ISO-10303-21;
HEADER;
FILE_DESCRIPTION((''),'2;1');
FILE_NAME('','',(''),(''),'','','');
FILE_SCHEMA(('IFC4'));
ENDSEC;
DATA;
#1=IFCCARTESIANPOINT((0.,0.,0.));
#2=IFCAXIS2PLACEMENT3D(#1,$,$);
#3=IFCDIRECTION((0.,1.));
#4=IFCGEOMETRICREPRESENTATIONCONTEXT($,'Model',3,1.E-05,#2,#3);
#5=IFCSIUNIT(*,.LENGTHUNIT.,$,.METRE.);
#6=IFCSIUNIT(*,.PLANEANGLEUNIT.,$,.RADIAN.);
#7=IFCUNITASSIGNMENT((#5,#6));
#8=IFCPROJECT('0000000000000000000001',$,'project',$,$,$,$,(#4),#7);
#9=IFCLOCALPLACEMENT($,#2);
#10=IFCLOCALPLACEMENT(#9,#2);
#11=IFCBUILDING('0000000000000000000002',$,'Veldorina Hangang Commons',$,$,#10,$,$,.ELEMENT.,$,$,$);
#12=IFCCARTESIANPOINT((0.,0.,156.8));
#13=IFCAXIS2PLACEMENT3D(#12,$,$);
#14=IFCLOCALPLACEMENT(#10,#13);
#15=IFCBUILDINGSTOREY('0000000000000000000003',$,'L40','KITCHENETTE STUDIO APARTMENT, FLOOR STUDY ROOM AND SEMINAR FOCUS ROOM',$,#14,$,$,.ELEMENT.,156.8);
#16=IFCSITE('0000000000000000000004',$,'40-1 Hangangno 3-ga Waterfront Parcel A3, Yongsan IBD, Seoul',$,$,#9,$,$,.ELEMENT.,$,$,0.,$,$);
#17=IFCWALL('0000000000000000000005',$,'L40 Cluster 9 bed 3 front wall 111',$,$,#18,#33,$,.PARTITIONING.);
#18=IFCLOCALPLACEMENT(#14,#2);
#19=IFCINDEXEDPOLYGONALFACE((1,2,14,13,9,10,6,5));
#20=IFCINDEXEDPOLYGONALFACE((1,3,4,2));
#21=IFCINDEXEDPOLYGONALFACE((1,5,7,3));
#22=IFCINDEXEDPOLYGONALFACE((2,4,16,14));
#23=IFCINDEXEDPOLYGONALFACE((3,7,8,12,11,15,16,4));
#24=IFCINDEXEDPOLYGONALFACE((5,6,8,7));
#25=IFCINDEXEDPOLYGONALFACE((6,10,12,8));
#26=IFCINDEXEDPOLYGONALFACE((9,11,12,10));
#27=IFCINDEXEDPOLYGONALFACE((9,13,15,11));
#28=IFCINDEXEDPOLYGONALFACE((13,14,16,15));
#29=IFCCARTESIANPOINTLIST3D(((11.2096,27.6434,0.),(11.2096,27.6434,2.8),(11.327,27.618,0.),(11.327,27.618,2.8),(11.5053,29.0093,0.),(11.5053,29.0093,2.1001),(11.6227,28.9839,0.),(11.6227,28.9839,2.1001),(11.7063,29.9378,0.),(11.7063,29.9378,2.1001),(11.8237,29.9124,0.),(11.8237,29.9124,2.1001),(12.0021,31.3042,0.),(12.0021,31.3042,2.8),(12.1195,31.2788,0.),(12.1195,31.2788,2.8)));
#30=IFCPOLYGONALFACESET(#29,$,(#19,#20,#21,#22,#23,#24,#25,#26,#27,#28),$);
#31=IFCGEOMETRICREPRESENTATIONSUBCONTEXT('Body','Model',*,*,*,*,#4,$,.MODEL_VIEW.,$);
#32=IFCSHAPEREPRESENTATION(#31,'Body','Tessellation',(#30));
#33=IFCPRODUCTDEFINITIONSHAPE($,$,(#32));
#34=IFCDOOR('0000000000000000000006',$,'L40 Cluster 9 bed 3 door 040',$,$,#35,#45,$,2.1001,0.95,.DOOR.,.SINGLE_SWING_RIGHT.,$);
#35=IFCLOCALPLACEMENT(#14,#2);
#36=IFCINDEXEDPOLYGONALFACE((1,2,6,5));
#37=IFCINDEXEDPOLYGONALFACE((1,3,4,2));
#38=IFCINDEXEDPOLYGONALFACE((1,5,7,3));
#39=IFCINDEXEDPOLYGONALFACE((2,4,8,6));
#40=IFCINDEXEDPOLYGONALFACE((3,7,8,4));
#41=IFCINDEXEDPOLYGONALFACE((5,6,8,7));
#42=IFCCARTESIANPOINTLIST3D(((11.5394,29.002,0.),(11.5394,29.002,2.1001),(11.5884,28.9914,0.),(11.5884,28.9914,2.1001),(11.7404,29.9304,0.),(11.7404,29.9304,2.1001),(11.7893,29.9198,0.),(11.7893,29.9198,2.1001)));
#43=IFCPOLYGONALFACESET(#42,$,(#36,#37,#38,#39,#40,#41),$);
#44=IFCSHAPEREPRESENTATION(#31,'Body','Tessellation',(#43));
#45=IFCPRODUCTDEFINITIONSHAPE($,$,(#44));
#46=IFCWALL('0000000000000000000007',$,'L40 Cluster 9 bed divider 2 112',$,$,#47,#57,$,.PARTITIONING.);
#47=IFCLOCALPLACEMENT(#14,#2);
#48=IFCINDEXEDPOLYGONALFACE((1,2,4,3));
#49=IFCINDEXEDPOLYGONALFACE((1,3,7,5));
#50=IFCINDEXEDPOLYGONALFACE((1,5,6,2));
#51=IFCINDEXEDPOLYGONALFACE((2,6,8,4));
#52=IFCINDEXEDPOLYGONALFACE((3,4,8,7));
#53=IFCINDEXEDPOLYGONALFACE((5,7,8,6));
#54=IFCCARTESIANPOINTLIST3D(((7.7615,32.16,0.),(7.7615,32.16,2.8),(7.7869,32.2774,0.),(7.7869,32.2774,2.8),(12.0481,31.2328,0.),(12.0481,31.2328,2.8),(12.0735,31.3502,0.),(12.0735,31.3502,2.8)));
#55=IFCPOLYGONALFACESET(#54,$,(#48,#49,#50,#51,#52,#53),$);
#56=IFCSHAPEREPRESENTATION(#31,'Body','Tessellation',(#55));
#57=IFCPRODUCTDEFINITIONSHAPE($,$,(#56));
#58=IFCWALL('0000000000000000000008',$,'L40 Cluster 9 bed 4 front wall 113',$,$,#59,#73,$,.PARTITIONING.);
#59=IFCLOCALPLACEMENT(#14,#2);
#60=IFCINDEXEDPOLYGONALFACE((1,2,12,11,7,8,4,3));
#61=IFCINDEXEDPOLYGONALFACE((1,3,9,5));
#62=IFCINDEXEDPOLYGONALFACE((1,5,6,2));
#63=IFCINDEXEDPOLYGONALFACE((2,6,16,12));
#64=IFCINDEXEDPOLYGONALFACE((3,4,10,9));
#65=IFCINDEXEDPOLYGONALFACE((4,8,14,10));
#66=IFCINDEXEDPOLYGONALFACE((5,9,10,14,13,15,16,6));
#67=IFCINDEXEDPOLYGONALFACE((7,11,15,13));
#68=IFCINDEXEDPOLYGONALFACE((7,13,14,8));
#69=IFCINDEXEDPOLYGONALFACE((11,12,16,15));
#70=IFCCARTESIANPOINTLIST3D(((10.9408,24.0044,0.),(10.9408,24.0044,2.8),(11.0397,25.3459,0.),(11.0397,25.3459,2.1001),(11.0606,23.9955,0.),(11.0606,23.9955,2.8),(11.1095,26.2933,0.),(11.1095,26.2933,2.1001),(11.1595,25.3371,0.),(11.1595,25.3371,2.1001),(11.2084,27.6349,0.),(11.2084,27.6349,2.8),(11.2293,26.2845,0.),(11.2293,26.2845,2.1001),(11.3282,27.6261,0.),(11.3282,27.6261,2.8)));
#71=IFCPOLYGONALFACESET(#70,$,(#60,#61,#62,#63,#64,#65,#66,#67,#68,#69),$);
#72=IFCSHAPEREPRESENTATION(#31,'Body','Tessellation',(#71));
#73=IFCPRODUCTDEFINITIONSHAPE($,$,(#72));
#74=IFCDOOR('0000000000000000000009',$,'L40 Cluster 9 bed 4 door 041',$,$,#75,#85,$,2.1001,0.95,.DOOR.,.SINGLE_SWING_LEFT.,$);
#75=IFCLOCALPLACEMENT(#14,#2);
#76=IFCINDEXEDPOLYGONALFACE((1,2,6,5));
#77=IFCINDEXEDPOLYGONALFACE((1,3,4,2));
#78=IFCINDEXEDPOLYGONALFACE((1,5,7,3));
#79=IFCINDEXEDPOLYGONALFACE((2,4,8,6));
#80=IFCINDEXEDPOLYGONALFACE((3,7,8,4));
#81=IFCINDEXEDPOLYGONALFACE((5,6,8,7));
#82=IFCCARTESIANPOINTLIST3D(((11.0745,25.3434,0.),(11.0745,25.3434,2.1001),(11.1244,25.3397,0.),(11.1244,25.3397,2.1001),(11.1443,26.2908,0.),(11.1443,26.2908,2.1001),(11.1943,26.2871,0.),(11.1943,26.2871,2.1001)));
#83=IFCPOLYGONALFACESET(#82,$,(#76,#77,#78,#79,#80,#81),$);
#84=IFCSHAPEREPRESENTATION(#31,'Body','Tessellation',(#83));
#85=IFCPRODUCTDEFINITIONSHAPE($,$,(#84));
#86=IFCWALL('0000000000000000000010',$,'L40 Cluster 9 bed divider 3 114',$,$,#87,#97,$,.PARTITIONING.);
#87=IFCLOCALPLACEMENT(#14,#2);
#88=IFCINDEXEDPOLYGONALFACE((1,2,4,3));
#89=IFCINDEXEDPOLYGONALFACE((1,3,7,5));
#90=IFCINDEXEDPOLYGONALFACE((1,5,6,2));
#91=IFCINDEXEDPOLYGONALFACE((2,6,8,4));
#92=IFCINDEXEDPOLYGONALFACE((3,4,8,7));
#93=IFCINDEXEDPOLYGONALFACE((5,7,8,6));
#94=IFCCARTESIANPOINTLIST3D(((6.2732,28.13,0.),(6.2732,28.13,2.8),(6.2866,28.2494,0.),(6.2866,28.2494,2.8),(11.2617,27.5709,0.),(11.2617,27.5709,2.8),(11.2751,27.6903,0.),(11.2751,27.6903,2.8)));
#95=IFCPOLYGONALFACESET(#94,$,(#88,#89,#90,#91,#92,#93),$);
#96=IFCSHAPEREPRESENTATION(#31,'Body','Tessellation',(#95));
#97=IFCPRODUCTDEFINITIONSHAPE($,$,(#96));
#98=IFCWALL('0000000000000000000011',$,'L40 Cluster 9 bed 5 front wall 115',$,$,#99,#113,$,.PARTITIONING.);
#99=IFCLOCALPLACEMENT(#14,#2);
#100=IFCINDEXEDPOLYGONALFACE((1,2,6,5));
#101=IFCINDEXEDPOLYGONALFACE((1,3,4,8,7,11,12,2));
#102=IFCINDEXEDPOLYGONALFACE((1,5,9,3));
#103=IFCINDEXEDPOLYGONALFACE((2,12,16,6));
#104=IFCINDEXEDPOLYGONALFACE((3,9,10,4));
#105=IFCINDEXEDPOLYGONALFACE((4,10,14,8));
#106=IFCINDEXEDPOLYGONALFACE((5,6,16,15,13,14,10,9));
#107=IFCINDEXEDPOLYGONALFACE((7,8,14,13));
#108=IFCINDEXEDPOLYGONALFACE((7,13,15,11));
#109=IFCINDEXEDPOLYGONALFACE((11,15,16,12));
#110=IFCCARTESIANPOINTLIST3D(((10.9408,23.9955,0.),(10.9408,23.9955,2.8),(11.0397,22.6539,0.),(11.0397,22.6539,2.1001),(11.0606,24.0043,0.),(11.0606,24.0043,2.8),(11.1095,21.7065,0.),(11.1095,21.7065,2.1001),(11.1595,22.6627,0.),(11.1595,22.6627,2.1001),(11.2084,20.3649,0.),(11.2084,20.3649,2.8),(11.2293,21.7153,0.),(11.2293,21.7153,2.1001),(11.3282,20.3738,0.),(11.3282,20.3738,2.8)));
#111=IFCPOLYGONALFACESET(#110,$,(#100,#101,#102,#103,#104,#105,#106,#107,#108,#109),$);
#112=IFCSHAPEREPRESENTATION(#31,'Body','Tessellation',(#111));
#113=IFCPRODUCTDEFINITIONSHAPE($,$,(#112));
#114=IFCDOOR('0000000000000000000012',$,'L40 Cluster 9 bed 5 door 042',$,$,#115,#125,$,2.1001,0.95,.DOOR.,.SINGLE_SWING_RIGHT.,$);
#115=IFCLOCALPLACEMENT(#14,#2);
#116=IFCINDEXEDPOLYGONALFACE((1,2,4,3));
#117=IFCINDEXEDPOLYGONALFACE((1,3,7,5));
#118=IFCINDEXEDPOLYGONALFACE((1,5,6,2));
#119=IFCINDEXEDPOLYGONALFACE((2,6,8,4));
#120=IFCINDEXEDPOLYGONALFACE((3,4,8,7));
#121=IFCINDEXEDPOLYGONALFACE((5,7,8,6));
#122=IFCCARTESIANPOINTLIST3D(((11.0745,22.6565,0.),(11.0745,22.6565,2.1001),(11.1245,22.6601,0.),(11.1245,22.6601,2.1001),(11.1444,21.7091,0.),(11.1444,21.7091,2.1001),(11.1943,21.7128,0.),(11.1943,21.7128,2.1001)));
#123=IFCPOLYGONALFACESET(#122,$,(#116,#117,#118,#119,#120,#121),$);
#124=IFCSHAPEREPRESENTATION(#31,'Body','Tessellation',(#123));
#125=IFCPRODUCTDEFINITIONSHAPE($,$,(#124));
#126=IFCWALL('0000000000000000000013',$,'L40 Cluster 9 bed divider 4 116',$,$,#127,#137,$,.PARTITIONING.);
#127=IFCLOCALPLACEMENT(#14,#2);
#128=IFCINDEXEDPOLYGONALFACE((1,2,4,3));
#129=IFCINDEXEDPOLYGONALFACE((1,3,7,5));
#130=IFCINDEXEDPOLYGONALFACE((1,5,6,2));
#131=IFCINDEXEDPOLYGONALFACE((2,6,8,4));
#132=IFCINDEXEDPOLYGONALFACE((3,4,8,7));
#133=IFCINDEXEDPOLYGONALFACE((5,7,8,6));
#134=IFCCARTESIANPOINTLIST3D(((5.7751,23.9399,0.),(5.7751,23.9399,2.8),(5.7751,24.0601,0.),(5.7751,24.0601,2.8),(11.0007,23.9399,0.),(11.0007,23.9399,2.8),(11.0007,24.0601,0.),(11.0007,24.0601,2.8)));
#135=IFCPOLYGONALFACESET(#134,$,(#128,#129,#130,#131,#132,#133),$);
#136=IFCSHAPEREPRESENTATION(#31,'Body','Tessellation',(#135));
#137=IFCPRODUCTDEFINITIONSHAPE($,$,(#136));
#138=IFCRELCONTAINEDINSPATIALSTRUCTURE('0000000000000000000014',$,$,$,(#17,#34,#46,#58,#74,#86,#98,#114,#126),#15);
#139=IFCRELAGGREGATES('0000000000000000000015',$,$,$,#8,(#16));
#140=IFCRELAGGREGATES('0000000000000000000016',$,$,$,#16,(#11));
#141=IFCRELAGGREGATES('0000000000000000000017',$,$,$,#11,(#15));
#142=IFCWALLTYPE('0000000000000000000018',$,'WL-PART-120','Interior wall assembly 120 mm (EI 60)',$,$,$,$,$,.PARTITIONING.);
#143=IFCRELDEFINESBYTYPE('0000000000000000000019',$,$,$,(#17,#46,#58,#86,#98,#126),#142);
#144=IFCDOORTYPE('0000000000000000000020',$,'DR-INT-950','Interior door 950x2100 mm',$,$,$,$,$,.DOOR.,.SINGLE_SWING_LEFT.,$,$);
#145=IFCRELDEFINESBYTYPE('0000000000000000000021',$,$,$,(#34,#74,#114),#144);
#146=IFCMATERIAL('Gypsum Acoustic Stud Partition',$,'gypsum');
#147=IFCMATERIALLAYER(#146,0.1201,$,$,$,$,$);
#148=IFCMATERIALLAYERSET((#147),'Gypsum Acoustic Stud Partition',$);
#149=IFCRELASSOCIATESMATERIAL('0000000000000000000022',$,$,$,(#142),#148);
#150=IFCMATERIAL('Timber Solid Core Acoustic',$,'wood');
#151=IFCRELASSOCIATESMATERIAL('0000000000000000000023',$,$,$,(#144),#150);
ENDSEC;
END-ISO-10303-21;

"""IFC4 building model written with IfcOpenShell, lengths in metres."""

from ifc_helpers import new_model, si_unit, direction, frame, frame_2d, origin, place, context, subcontext, project, spatial, rectangle, extrude, material, layer, layer_set, type_object, element, fill, save


model = new_model("IFC4")

# Units and contexts
model_context = context("Model", 3, precision=1e-05, world=origin(), true_north=direction((0.0, 1.0)))
body_context = subcontext(model_context, "Body", "Model", "MODEL_VIEW")
ifc_project = project(units=[si_unit("LENGTHUNIT", "METRE"), si_unit("PLANEANGLEUNIT", "RADIAN")], contexts=[model_context])

# Site, building, storey
site_placement = place(None, origin())
site = spatial("IfcSite", under=ifc_project, at=site_placement, Name="40-1 Hangangno 3-ga Waterfront Parcel A3, Yongsan IBD, Seoul", CompositionType="ELEMENT", RefElevation=0.0)
building_placement = place(site_placement, origin())
building = spatial("IfcBuilding", under=site, at=building_placement, Name="Veldorina Hangang Commons", CompositionType="ELEMENT")
storey_placement = place(building_placement, frame((0.0, 0.0, 156.8)))
storey = spatial("IfcBuildingStorey", under=building, at=storey_placement, Name="L40", Description="KITCHENETTE STUDIO APARTMENT, FLOOR STUDY ROOM AND SEMINAR FOCUS ROOM", CompositionType="ELEMENT", Elevation=156.8)

# Wall, opening, door
ifc_material_1 = material(Name="Gypsum Acoustic Stud Partition", Category="gypsum")
ifc_layer_1 = layer(ifc_material_1, 0.1201)
ifc_layer_set_1 = layer_set([ifc_layer_1], Name="Gypsum Acoustic Stud Partition")
wall_type_1 = type_object("IfcWallType", Name="WL-PART-120", Description="Interior wall assembly 120 mm (EI 60)", PredefinedType="PARTITIONING", material=ifc_layer_set_1)
wall_1_placement = place(storey_placement, frame((12.0608, 31.2915, 0.0), z_axis=(0.0, 0.0, 1.0), x_axis=(-0.211572, -0.977362, 0.0)))
wall_1 = element("IfcWall", 1, at=wall_1_placement, inside=storey, type_object=wall_type_1, Name="L40 Cluster 9 bed 3 front wall 111", PredefinedType="PARTITIONING", context=body_context, shape_type="SweptSolid", body=[
    extrude(rectangle(XDim=3.7456, YDim=0.1201, at=frame_2d((1.8728, 0.0))), origin(), (0.0, 0.0, 1.0), 2.8),
])
opening_1_placement = place(wall_1_placement, frame((1.3979, 0.0, 0.0)))
opening_1 = element("IfcOpeningElement", 2, at=opening_1_placement, cuts=wall_1, PredefinedType="OPENING", context=body_context, shape_type="SweptSolid", body=[
    extrude(rectangle(XDim=0.95, YDim=2.1001, at=frame_2d((0.4751, 1.05))), frame((0.0, 0.0701, 0.0), z_axis=(0.0, -1.0, 0.0), x_axis=(1.0, 0.0, 0.0)), (0.0, 0.0, 1.0), 0.1401),
])
ifc_material_2 = material(Name="Timber Solid Core Acoustic", Category="wood")
door_type = type_object("IfcDoorType", Name="DR-INT-950", Description="Interior door 950x2100 mm", OperationType="SINGLE_SWING_LEFT", PredefinedType="DOOR", material=ifc_material_2)
door_1_placement = place(opening_1_placement, origin())
door_1 = element("IfcDoor", 3, at=door_1_placement, inside=storey, type_object=door_type, Name="L40 Cluster 9 bed 3 door 040", OperationType="SINGLE_SWING_RIGHT", OverallHeight=2.1001, OverallWidth=0.95, PredefinedType="DOOR", context=body_context, shape_type="SweptSolid", body=[
    extrude(rectangle(XDim=0.95, YDim=2.1001, at=frame_2d((0.4751, 1.05))), frame((0.0, 0.0249, 0.0), z_axis=(0.0, -1.0, 0.0), x_axis=(1.0, 0.0, 0.0)), (0.0, 0.0, 1.0), 0.05),
])
fill(opening_1, door_1)

# Wall
wall_2_placement = place(storey_placement, frame((12.0608, 31.2915, 0.0), z_axis=(0.0, 0.0, 1.0), x_axis=(-0.977395, 0.211422, 0.0)))
element("IfcWall", 4, at=wall_2_placement, inside=storey, type_object=wall_type_1, Name="L40 Cluster 9 bed divider 2 112", PredefinedType="PARTITIONING", context=body_context, shape_type="SweptSolid", body=[
    extrude(rectangle(XDim=4.3857, YDim=0.1201, at=frame_2d((2.1929, 0.0))), origin(), (0.0, 0.0, 1.0), 2.8),
])

# Wall, opening, door
wall_3_placement = place(storey_placement, frame((11.2683, 27.6306, 0.0), z_axis=(0.0, 0.0, 1.0), x_axis=(-0.073501, -0.997295, 0.0)))
wall_3 = element("IfcWall", 5, at=wall_3_placement, inside=storey, type_object=wall_type_1, Name="L40 Cluster 9 bed 4 front wall 113", PredefinedType="PARTITIONING", context=body_context, shape_type="SweptSolid", body=[
    extrude(rectangle(XDim=3.6404, YDim=0.1201, at=frame_2d((1.8203, 0.0))), origin(), (0.0, 0.0, 1.0), 2.8),
])
opening_2_placement = place(wall_3_placement, frame((1.3452, 0.0, 0.0)))
opening_2 = element("IfcOpeningElement", 6, at=opening_2_placement, cuts=wall_3, PredefinedType="OPENING", context=body_context, shape_type="SweptSolid", body=[
    extrude(rectangle(XDim=0.95, YDim=2.1001, at=frame_2d((0.4751, 1.05))), frame((0.0, 0.0701, 0.0), z_axis=(0.0, -1.0, 0.0), x_axis=(1.0, 0.0, 0.0)), (0.0, 0.0, 1.0), 0.1401),
])
door_2_placement = place(opening_2_placement, origin())
door_2 = element("IfcDoor", 7, at=door_2_placement, inside=storey, type_object=door_type, Name="L40 Cluster 9 bed 4 door 041", OperationType="SINGLE_SWING_LEFT", OverallHeight=2.1001, OverallWidth=0.95, PredefinedType="DOOR", context=body_context, shape_type="SweptSolid", body=[
    extrude(rectangle(XDim=0.95, YDim=2.1001, at=frame_2d((0.4751, 1.05))), frame((0.0, 0.0249, 0.0), z_axis=(0.0, -1.0, 0.0), x_axis=(1.0, 0.0, 0.0)), (0.0, 0.0, 1.0), 0.05),
])
fill(opening_2, door_2)

# Wall
wall_4_placement = place(storey_placement, frame((11.2683, 27.6306, 0.0), z_axis=(0.0, 0.0, 1.0), x_axis=(-0.993778, 0.111376, 0.0)))
element("IfcWall", 8, at=wall_4_placement, inside=storey, type_object=wall_type_1, Name="L40 Cluster 9 bed divider 3 114", PredefinedType="PARTITIONING", context=body_context, shape_type="SweptSolid", body=[
    extrude(rectangle(XDim=5.0198, YDim=0.1201, at=frame_2d((2.5098, 0.0))), origin(), (0.0, 0.0, 1.0), 2.8),
])

# Wall, opening, door
wall_5_placement = place(storey_placement, frame((11.0007, 24.0, 0.0), z_axis=(0.0, 0.0, 1.0), x_axis=(0.073501, -0.997295, 0.0)))
wall_5 = element("IfcWall", 9, at=wall_5_placement, inside=storey, type_object=wall_type_1, Name="L40 Cluster 9 bed 5 front wall 115", PredefinedType="PARTITIONING", context=body_context, shape_type="SweptSolid", body=[
    extrude(rectangle(XDim=3.6404, YDim=0.1201, at=frame_2d((1.8203, 0.0))), origin(), (0.0, 0.0, 1.0), 2.8),
])
opening_3_placement = place(wall_5_placement, frame((1.3452, 0.0, 0.0)))
opening_3 = element("IfcOpeningElement", 10, at=opening_3_placement, cuts=wall_5, PredefinedType="OPENING", context=body_context, shape_type="SweptSolid", body=[
    extrude(rectangle(XDim=0.95, YDim=2.1001, at=frame_2d((0.4751, 1.05))), frame((0.0, 0.0701, 0.0), z_axis=(0.0, -1.0, 0.0), x_axis=(1.0, 0.0, 0.0)), (0.0, 0.0, 1.0), 0.1401),
])
door_3_placement = place(opening_3_placement, origin())
door_3 = element("IfcDoor", 11, at=door_3_placement, inside=storey, type_object=door_type, Name="L40 Cluster 9 bed 5 door 042", OperationType="SINGLE_SWING_RIGHT", OverallHeight=2.1001, OverallWidth=0.95, PredefinedType="DOOR", context=body_context, shape_type="SweptSolid", body=[
    extrude(rectangle(XDim=0.95, YDim=2.1001, at=frame_2d((0.4751, 1.05))), frame((0.0, 0.0249, 0.0), z_axis=(0.0, -1.0, 0.0), x_axis=(1.0, 0.0, 0.0)), (0.0, 0.0, 1.0), 0.05),
])
fill(opening_3, door_3)

# Wall
wall_6_placement = place(storey_placement, frame((11.0007, 24.0, 0.0), z_axis=(0.0, 0.0, 1.0), x_axis=(-1.0, 0.0, 0.0)))
element("IfcWall", 12, at=wall_6_placement, inside=storey, type_object=wall_type_1, Name="L40 Cluster 9 bed divider 4 116", PredefinedType="PARTITIONING", context=body_context, shape_type="SweptSolid", body=[
    extrude(rectangle(XDim=5.2256, YDim=0.1201, at=frame_2d((2.6128, 0.0))), origin(), (0.0, 0.0, 1.0), 2.8),
])

save(model, "model.ifc")
